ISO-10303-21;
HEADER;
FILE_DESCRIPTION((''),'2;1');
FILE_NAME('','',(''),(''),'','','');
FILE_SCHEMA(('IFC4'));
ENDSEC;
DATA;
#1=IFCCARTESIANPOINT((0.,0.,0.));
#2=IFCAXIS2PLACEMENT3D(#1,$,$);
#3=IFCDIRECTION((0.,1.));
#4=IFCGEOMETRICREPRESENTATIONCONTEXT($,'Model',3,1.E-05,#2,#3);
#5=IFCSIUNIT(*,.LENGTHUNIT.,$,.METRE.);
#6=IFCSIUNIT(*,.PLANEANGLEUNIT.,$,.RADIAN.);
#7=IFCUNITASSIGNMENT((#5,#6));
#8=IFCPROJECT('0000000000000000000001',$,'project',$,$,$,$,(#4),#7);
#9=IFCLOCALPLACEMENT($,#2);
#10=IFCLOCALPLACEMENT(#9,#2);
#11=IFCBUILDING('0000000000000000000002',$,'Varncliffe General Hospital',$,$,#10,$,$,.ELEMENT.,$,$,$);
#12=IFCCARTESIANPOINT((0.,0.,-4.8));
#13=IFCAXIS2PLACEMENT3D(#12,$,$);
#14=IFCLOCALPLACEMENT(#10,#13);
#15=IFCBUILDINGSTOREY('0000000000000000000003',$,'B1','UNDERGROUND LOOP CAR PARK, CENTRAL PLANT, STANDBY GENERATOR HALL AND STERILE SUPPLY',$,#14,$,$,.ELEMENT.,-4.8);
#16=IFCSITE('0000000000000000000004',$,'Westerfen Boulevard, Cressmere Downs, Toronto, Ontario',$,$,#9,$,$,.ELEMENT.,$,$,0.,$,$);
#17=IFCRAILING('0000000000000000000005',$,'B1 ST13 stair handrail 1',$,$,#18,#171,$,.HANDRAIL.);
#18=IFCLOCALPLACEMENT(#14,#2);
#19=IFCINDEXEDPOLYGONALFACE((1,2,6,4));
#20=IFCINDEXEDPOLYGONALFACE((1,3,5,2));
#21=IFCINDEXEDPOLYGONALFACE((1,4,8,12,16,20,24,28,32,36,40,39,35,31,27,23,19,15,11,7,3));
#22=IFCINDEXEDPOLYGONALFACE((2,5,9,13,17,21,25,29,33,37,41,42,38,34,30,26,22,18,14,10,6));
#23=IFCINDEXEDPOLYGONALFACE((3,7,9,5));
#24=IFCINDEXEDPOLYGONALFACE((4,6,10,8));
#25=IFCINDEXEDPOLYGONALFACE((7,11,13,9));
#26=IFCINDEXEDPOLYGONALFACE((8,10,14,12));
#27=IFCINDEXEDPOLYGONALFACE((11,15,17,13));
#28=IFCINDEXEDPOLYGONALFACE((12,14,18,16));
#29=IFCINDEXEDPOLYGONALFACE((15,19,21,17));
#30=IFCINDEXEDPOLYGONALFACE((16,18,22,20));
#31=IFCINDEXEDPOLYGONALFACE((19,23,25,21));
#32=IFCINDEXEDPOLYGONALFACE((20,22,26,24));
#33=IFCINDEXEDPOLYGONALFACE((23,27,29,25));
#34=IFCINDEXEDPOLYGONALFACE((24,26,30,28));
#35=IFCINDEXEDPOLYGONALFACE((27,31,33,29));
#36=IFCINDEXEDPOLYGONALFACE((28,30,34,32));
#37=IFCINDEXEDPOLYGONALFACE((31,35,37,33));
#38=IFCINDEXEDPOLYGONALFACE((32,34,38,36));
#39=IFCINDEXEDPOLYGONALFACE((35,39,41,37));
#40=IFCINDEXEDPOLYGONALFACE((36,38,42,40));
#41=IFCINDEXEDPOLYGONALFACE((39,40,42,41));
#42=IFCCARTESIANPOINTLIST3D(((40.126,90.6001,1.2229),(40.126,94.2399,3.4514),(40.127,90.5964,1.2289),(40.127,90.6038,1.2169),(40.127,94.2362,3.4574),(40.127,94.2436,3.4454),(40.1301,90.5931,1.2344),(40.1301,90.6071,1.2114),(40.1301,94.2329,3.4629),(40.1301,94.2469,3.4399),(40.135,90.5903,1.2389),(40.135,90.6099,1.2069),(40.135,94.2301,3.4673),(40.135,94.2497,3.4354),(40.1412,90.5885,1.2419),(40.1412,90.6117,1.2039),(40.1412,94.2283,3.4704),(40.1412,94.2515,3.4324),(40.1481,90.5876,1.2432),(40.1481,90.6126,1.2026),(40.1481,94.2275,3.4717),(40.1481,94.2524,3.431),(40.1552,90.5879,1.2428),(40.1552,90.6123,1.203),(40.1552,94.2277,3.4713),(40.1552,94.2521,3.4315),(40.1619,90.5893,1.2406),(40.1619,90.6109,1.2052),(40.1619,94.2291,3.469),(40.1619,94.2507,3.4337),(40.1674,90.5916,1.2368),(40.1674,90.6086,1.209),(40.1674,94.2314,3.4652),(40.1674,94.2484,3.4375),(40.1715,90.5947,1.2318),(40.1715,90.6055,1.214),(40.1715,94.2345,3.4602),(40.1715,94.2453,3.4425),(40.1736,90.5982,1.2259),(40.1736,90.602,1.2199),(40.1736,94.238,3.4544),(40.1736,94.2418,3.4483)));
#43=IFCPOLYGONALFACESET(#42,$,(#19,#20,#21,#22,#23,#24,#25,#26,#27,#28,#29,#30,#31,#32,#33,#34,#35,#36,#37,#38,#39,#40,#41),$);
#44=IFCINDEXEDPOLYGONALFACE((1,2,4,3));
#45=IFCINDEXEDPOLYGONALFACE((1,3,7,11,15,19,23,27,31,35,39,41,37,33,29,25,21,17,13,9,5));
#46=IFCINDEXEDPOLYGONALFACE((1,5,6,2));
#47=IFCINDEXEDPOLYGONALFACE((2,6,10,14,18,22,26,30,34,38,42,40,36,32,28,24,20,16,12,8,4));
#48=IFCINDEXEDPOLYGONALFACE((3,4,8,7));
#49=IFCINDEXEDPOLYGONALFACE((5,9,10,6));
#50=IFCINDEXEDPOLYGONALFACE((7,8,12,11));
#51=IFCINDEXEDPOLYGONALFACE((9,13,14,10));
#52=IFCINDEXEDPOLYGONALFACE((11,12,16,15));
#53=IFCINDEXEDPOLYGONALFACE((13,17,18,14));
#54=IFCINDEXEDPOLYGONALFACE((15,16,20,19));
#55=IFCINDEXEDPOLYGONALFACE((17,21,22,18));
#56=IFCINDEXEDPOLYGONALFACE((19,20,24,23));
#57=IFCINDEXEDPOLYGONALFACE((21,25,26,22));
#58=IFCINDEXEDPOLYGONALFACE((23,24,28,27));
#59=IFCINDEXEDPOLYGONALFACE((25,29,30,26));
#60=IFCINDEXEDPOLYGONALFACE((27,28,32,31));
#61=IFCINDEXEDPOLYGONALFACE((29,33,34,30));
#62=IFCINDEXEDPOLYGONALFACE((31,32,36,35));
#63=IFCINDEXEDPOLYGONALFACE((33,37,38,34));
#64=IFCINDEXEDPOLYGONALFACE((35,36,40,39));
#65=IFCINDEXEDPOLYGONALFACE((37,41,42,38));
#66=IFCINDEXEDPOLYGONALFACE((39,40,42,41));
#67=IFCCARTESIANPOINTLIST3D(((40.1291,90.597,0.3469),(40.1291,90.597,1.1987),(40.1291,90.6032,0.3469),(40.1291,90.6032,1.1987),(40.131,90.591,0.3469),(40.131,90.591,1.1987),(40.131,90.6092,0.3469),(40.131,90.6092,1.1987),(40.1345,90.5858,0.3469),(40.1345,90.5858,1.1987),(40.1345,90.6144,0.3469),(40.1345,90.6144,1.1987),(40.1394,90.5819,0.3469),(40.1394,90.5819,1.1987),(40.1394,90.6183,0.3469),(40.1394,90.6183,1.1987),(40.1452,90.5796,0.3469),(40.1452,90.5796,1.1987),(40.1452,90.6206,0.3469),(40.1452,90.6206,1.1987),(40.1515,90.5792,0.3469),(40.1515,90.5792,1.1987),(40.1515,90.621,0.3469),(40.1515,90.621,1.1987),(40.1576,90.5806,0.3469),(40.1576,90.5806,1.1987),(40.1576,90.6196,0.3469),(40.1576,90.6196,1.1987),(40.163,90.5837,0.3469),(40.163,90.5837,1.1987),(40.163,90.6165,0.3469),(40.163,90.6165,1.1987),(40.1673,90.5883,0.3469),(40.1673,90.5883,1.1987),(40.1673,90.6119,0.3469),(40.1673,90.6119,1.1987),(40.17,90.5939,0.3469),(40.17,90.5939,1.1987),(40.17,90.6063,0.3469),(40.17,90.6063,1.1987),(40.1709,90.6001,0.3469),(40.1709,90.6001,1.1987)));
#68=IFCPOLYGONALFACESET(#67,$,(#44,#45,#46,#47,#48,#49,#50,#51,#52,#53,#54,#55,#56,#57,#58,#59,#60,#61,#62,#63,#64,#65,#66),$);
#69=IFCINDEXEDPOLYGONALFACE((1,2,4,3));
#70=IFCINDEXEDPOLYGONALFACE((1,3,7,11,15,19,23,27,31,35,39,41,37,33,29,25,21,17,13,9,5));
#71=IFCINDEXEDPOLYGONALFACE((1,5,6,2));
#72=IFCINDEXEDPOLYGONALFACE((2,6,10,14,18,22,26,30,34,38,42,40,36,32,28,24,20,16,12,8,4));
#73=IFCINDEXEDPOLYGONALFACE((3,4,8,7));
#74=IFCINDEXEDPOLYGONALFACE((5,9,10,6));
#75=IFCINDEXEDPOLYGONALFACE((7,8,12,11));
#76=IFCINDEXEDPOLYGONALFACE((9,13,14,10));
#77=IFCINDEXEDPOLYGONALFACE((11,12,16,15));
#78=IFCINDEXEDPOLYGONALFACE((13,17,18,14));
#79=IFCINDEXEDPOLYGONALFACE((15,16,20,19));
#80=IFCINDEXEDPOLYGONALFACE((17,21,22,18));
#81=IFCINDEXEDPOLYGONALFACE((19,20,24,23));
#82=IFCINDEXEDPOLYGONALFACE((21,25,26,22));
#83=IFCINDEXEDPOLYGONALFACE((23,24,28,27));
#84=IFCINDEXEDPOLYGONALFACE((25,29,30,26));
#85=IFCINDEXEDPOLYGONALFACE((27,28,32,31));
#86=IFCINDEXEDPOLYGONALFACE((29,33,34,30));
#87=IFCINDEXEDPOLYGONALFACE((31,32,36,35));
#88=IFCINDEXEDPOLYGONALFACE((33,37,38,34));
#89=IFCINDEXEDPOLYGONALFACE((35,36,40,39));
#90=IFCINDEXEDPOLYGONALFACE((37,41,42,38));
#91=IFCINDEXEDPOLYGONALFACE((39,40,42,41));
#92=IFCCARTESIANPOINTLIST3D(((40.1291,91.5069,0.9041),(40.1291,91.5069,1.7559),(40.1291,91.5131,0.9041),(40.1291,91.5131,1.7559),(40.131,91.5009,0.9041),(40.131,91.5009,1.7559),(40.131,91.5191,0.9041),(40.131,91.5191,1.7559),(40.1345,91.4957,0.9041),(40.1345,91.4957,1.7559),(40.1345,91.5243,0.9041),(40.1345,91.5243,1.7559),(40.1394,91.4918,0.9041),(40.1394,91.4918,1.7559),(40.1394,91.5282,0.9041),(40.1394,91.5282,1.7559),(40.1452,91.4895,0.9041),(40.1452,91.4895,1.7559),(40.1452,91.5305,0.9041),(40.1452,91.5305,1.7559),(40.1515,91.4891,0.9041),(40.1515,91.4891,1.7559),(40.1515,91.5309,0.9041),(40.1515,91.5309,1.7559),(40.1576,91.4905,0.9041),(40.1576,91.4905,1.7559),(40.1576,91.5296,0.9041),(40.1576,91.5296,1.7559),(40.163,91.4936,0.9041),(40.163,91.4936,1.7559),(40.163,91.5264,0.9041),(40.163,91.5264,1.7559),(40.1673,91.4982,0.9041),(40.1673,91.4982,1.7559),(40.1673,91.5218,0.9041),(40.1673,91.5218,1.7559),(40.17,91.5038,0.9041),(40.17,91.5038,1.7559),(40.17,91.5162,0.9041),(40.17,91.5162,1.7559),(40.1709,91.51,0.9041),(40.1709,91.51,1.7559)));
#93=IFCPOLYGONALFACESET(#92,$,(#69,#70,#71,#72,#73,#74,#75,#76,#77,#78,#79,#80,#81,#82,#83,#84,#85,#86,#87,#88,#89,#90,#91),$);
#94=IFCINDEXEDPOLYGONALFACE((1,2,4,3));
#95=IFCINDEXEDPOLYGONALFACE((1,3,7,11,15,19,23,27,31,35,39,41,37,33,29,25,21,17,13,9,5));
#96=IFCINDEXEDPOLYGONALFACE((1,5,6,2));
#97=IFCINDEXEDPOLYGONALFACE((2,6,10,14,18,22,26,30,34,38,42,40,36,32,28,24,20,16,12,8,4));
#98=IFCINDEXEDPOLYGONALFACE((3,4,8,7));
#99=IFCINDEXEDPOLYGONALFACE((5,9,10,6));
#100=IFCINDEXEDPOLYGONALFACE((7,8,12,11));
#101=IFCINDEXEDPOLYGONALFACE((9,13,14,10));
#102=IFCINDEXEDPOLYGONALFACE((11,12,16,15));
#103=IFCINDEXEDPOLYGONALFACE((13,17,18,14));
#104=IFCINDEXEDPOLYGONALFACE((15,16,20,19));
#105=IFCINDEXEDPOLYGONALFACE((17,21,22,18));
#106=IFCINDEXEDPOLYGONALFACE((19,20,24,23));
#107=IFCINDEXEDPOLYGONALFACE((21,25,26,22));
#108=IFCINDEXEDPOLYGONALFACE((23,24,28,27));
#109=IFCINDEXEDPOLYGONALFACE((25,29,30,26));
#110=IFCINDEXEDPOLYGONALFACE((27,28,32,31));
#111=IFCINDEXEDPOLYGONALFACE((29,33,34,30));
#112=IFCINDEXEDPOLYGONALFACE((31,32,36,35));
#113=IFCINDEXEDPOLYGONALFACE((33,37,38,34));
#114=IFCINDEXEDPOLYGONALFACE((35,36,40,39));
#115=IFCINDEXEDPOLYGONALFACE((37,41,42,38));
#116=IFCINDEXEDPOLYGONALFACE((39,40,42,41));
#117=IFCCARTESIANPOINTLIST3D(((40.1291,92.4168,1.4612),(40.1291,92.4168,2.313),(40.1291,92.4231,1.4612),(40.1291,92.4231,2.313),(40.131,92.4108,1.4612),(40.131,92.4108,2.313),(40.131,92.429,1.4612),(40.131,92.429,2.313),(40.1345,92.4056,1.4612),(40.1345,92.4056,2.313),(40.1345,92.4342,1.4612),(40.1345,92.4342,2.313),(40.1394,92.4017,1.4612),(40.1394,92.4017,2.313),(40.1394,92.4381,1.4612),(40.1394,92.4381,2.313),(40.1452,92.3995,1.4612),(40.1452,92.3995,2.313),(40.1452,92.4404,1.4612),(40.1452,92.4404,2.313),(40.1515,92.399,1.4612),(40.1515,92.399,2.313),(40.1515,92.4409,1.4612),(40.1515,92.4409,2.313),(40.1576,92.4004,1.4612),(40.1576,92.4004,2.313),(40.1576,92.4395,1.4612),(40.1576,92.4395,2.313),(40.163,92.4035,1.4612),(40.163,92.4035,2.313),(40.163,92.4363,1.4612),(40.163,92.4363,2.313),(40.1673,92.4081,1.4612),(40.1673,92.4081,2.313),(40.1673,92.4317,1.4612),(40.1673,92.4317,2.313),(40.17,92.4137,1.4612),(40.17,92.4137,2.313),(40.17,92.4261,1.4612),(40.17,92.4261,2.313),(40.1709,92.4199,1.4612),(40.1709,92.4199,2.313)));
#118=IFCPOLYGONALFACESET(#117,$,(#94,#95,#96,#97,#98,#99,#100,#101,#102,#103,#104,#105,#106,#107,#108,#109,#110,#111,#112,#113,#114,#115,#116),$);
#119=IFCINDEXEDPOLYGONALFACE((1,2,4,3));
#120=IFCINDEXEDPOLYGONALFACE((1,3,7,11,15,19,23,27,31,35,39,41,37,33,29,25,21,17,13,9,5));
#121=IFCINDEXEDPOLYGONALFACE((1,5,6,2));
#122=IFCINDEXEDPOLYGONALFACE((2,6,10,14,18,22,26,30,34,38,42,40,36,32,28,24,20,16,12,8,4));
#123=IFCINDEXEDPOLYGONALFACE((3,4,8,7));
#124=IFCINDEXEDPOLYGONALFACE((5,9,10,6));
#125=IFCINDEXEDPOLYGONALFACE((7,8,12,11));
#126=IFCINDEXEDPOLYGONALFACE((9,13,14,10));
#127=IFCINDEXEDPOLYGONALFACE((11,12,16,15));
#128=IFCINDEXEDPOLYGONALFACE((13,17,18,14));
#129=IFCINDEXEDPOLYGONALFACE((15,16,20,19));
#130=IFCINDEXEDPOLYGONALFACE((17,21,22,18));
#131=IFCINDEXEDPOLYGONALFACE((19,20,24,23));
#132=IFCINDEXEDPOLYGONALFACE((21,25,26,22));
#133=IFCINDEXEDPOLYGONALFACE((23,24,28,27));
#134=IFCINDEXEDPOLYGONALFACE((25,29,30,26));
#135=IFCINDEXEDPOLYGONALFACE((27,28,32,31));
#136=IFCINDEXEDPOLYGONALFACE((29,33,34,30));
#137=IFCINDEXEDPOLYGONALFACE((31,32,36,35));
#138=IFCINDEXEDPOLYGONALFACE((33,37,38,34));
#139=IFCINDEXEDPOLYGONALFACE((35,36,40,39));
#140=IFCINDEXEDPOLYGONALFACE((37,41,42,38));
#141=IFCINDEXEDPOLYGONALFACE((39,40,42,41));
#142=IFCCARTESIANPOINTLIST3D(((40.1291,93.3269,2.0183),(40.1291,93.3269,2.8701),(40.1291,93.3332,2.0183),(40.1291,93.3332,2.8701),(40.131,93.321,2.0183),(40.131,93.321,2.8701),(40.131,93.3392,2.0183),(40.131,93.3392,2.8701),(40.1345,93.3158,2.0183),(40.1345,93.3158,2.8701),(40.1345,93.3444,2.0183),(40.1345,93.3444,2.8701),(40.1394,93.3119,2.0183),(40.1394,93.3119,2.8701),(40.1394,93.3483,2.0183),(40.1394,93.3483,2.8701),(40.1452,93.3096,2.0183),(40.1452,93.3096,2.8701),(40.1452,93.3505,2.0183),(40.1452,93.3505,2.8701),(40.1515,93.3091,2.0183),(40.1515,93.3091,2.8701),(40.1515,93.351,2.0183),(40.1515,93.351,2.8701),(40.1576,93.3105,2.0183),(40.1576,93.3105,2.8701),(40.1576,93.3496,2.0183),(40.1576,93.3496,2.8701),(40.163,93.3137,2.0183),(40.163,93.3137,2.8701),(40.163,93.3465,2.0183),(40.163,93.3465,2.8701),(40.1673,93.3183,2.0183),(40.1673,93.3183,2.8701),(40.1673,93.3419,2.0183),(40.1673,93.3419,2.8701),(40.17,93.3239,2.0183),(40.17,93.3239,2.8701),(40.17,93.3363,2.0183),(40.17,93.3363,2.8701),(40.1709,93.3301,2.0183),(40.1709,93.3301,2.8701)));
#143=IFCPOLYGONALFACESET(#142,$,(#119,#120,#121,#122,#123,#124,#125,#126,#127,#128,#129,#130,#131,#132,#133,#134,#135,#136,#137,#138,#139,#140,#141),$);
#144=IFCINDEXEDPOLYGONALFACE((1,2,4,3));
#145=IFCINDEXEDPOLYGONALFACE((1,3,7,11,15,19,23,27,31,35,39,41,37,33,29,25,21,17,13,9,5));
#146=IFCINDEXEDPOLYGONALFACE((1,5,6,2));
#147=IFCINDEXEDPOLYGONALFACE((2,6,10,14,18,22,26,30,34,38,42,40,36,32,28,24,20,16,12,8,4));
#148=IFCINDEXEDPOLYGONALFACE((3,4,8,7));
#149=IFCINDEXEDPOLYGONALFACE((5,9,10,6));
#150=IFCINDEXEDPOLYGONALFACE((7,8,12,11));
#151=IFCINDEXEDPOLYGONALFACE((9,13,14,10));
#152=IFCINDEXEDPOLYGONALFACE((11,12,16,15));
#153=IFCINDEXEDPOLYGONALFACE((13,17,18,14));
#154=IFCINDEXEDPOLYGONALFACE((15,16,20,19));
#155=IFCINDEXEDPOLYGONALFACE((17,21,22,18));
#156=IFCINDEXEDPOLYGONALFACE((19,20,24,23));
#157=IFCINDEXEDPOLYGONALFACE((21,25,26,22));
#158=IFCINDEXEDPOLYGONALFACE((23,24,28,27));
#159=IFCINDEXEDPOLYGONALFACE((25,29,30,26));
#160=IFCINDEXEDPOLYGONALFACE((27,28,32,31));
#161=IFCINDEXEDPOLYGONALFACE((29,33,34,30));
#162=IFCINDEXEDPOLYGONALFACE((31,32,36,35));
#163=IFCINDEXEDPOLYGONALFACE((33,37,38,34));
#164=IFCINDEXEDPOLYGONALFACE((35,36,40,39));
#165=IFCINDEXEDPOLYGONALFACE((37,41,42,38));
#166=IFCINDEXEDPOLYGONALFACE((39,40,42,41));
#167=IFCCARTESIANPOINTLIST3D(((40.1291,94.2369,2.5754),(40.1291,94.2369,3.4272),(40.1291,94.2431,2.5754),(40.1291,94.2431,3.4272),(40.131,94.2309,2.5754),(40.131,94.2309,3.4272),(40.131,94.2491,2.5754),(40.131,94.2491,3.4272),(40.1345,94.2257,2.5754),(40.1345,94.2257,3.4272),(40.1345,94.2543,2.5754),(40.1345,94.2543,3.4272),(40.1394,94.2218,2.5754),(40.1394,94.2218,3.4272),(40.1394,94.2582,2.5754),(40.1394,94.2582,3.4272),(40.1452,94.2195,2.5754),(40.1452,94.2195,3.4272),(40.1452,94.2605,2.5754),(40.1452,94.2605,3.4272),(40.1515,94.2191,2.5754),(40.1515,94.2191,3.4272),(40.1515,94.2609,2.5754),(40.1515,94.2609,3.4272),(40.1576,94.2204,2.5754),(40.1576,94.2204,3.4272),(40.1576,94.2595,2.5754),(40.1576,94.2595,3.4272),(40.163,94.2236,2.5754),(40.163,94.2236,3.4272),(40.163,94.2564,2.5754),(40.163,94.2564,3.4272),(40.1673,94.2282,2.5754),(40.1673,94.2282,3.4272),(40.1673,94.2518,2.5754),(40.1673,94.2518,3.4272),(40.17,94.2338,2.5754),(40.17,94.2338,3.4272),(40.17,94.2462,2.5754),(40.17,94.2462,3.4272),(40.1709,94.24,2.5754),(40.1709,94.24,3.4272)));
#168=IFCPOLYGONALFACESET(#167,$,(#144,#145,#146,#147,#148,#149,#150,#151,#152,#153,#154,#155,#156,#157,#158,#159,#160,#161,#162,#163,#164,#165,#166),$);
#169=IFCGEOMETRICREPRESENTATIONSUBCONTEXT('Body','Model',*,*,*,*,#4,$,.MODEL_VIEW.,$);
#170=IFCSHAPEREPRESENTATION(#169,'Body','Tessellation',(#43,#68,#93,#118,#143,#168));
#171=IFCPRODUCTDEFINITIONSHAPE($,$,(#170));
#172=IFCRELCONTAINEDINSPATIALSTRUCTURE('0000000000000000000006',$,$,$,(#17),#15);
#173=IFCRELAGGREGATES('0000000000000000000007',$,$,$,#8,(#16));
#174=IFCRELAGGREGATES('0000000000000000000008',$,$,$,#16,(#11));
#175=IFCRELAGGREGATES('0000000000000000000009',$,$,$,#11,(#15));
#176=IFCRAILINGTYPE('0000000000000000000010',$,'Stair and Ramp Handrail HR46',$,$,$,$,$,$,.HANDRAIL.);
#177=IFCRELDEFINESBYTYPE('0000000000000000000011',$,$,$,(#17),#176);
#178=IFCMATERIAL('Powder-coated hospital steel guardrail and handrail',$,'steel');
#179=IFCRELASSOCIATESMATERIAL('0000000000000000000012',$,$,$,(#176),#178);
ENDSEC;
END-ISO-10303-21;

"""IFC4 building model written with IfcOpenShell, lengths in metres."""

from ifc_helpers import new_model, si_unit, direction, frame, origin, origin_2d, place, context, subcontext, project, spatial, circle, extrude, material, type_object, element, save


model = new_model("IFC4")

# Units and contexts
model_context = context("Model", 3, precision=1e-05, world=origin(), true_north=direction((0.0, 1.0)))
body_context = subcontext(model_context, "Body", "Model", "MODEL_VIEW")
ifc_project = project(units=[si_unit("LENGTHUNIT", "METRE"), si_unit("PLANEANGLEUNIT", "RADIAN")], contexts=[model_context])

# Site, building, storey
site_placement = place(None, origin())
site = spatial("IfcSite", under=ifc_project, at=site_placement, Name="Westerfen Boulevard, Cressmere Downs, Toronto, Ontario", CompositionType="ELEMENT", RefElevation=0.0)
building_placement = place(site_placement, origin())
building = spatial("IfcBuilding", under=site, at=building_placement, Name="Varncliffe General Hospital", CompositionType="ELEMENT")
storey_placement = place(building_placement, frame((0.0, 0.0, -4.8)))
storey = spatial("IfcBuildingStorey", under=building, at=storey_placement, Name="B1", Description="UNDERGROUND LOOP CAR PARK, CENTRAL PLANT, STANDBY GENERATOR HALL AND STERILE SUPPLY", CompositionType="ELEMENT", Elevation=-4.8)

# Railing
ifc_material_1 = material(Name="Powder-coated hospital steel guardrail and handrail", Category="steel")
railing_type = type_object("IfcRailingType", Name="Stair and Ramp Handrail HR46", PredefinedType="HANDRAIL", material=ifc_material_1)
railing_placement = place(storey_placement, frame((40.1499, 90.6001, 0.3469)))
element("IfcRailing", 1, at=railing_placement, inside=storey, type_object=railing_type, Name="B1 ST13 stair handrail 1", PredefinedType="HANDRAIL", context=body_context, shape_type="SweptSolid", body=[
    extrude(circle(Radius=0.0239, at=origin_2d()), frame((0.0, 0.0, 0.876), z_axis=(0.0, 0.85285, 0.522156), x_axis=(-1.0, 0.0, 0.0)), (0.0, 0.0, 1.0), 4.2678),
    extrude(circle(Radius=0.021, at=origin_2d()), origin(), (0.0, 0.0, 1.0), 0.8518),
    extrude(circle(Radius=0.021, at=origin_2d()), frame((0.0, 0.9099, 0.5571)), (0.0, 0.0, 1.0), 0.8518),
    extrude(circle(Radius=0.021, at=origin_2d()), frame((0.0, 1.8198, 1.1143)), (0.0, 0.0, 1.0), 0.8518),
    extrude(circle(Radius=0.021, at=origin_2d()), frame((0.0, 2.73, 1.6714)), (0.0, 0.0, 1.0), 0.8518),
    extrude(circle(Radius=0.021, at=origin_2d()), frame((0.0, 3.6399, 2.2285)), (0.0, 0.0, 1.0), 0.8518),
])

save(model, "model.ifc")
